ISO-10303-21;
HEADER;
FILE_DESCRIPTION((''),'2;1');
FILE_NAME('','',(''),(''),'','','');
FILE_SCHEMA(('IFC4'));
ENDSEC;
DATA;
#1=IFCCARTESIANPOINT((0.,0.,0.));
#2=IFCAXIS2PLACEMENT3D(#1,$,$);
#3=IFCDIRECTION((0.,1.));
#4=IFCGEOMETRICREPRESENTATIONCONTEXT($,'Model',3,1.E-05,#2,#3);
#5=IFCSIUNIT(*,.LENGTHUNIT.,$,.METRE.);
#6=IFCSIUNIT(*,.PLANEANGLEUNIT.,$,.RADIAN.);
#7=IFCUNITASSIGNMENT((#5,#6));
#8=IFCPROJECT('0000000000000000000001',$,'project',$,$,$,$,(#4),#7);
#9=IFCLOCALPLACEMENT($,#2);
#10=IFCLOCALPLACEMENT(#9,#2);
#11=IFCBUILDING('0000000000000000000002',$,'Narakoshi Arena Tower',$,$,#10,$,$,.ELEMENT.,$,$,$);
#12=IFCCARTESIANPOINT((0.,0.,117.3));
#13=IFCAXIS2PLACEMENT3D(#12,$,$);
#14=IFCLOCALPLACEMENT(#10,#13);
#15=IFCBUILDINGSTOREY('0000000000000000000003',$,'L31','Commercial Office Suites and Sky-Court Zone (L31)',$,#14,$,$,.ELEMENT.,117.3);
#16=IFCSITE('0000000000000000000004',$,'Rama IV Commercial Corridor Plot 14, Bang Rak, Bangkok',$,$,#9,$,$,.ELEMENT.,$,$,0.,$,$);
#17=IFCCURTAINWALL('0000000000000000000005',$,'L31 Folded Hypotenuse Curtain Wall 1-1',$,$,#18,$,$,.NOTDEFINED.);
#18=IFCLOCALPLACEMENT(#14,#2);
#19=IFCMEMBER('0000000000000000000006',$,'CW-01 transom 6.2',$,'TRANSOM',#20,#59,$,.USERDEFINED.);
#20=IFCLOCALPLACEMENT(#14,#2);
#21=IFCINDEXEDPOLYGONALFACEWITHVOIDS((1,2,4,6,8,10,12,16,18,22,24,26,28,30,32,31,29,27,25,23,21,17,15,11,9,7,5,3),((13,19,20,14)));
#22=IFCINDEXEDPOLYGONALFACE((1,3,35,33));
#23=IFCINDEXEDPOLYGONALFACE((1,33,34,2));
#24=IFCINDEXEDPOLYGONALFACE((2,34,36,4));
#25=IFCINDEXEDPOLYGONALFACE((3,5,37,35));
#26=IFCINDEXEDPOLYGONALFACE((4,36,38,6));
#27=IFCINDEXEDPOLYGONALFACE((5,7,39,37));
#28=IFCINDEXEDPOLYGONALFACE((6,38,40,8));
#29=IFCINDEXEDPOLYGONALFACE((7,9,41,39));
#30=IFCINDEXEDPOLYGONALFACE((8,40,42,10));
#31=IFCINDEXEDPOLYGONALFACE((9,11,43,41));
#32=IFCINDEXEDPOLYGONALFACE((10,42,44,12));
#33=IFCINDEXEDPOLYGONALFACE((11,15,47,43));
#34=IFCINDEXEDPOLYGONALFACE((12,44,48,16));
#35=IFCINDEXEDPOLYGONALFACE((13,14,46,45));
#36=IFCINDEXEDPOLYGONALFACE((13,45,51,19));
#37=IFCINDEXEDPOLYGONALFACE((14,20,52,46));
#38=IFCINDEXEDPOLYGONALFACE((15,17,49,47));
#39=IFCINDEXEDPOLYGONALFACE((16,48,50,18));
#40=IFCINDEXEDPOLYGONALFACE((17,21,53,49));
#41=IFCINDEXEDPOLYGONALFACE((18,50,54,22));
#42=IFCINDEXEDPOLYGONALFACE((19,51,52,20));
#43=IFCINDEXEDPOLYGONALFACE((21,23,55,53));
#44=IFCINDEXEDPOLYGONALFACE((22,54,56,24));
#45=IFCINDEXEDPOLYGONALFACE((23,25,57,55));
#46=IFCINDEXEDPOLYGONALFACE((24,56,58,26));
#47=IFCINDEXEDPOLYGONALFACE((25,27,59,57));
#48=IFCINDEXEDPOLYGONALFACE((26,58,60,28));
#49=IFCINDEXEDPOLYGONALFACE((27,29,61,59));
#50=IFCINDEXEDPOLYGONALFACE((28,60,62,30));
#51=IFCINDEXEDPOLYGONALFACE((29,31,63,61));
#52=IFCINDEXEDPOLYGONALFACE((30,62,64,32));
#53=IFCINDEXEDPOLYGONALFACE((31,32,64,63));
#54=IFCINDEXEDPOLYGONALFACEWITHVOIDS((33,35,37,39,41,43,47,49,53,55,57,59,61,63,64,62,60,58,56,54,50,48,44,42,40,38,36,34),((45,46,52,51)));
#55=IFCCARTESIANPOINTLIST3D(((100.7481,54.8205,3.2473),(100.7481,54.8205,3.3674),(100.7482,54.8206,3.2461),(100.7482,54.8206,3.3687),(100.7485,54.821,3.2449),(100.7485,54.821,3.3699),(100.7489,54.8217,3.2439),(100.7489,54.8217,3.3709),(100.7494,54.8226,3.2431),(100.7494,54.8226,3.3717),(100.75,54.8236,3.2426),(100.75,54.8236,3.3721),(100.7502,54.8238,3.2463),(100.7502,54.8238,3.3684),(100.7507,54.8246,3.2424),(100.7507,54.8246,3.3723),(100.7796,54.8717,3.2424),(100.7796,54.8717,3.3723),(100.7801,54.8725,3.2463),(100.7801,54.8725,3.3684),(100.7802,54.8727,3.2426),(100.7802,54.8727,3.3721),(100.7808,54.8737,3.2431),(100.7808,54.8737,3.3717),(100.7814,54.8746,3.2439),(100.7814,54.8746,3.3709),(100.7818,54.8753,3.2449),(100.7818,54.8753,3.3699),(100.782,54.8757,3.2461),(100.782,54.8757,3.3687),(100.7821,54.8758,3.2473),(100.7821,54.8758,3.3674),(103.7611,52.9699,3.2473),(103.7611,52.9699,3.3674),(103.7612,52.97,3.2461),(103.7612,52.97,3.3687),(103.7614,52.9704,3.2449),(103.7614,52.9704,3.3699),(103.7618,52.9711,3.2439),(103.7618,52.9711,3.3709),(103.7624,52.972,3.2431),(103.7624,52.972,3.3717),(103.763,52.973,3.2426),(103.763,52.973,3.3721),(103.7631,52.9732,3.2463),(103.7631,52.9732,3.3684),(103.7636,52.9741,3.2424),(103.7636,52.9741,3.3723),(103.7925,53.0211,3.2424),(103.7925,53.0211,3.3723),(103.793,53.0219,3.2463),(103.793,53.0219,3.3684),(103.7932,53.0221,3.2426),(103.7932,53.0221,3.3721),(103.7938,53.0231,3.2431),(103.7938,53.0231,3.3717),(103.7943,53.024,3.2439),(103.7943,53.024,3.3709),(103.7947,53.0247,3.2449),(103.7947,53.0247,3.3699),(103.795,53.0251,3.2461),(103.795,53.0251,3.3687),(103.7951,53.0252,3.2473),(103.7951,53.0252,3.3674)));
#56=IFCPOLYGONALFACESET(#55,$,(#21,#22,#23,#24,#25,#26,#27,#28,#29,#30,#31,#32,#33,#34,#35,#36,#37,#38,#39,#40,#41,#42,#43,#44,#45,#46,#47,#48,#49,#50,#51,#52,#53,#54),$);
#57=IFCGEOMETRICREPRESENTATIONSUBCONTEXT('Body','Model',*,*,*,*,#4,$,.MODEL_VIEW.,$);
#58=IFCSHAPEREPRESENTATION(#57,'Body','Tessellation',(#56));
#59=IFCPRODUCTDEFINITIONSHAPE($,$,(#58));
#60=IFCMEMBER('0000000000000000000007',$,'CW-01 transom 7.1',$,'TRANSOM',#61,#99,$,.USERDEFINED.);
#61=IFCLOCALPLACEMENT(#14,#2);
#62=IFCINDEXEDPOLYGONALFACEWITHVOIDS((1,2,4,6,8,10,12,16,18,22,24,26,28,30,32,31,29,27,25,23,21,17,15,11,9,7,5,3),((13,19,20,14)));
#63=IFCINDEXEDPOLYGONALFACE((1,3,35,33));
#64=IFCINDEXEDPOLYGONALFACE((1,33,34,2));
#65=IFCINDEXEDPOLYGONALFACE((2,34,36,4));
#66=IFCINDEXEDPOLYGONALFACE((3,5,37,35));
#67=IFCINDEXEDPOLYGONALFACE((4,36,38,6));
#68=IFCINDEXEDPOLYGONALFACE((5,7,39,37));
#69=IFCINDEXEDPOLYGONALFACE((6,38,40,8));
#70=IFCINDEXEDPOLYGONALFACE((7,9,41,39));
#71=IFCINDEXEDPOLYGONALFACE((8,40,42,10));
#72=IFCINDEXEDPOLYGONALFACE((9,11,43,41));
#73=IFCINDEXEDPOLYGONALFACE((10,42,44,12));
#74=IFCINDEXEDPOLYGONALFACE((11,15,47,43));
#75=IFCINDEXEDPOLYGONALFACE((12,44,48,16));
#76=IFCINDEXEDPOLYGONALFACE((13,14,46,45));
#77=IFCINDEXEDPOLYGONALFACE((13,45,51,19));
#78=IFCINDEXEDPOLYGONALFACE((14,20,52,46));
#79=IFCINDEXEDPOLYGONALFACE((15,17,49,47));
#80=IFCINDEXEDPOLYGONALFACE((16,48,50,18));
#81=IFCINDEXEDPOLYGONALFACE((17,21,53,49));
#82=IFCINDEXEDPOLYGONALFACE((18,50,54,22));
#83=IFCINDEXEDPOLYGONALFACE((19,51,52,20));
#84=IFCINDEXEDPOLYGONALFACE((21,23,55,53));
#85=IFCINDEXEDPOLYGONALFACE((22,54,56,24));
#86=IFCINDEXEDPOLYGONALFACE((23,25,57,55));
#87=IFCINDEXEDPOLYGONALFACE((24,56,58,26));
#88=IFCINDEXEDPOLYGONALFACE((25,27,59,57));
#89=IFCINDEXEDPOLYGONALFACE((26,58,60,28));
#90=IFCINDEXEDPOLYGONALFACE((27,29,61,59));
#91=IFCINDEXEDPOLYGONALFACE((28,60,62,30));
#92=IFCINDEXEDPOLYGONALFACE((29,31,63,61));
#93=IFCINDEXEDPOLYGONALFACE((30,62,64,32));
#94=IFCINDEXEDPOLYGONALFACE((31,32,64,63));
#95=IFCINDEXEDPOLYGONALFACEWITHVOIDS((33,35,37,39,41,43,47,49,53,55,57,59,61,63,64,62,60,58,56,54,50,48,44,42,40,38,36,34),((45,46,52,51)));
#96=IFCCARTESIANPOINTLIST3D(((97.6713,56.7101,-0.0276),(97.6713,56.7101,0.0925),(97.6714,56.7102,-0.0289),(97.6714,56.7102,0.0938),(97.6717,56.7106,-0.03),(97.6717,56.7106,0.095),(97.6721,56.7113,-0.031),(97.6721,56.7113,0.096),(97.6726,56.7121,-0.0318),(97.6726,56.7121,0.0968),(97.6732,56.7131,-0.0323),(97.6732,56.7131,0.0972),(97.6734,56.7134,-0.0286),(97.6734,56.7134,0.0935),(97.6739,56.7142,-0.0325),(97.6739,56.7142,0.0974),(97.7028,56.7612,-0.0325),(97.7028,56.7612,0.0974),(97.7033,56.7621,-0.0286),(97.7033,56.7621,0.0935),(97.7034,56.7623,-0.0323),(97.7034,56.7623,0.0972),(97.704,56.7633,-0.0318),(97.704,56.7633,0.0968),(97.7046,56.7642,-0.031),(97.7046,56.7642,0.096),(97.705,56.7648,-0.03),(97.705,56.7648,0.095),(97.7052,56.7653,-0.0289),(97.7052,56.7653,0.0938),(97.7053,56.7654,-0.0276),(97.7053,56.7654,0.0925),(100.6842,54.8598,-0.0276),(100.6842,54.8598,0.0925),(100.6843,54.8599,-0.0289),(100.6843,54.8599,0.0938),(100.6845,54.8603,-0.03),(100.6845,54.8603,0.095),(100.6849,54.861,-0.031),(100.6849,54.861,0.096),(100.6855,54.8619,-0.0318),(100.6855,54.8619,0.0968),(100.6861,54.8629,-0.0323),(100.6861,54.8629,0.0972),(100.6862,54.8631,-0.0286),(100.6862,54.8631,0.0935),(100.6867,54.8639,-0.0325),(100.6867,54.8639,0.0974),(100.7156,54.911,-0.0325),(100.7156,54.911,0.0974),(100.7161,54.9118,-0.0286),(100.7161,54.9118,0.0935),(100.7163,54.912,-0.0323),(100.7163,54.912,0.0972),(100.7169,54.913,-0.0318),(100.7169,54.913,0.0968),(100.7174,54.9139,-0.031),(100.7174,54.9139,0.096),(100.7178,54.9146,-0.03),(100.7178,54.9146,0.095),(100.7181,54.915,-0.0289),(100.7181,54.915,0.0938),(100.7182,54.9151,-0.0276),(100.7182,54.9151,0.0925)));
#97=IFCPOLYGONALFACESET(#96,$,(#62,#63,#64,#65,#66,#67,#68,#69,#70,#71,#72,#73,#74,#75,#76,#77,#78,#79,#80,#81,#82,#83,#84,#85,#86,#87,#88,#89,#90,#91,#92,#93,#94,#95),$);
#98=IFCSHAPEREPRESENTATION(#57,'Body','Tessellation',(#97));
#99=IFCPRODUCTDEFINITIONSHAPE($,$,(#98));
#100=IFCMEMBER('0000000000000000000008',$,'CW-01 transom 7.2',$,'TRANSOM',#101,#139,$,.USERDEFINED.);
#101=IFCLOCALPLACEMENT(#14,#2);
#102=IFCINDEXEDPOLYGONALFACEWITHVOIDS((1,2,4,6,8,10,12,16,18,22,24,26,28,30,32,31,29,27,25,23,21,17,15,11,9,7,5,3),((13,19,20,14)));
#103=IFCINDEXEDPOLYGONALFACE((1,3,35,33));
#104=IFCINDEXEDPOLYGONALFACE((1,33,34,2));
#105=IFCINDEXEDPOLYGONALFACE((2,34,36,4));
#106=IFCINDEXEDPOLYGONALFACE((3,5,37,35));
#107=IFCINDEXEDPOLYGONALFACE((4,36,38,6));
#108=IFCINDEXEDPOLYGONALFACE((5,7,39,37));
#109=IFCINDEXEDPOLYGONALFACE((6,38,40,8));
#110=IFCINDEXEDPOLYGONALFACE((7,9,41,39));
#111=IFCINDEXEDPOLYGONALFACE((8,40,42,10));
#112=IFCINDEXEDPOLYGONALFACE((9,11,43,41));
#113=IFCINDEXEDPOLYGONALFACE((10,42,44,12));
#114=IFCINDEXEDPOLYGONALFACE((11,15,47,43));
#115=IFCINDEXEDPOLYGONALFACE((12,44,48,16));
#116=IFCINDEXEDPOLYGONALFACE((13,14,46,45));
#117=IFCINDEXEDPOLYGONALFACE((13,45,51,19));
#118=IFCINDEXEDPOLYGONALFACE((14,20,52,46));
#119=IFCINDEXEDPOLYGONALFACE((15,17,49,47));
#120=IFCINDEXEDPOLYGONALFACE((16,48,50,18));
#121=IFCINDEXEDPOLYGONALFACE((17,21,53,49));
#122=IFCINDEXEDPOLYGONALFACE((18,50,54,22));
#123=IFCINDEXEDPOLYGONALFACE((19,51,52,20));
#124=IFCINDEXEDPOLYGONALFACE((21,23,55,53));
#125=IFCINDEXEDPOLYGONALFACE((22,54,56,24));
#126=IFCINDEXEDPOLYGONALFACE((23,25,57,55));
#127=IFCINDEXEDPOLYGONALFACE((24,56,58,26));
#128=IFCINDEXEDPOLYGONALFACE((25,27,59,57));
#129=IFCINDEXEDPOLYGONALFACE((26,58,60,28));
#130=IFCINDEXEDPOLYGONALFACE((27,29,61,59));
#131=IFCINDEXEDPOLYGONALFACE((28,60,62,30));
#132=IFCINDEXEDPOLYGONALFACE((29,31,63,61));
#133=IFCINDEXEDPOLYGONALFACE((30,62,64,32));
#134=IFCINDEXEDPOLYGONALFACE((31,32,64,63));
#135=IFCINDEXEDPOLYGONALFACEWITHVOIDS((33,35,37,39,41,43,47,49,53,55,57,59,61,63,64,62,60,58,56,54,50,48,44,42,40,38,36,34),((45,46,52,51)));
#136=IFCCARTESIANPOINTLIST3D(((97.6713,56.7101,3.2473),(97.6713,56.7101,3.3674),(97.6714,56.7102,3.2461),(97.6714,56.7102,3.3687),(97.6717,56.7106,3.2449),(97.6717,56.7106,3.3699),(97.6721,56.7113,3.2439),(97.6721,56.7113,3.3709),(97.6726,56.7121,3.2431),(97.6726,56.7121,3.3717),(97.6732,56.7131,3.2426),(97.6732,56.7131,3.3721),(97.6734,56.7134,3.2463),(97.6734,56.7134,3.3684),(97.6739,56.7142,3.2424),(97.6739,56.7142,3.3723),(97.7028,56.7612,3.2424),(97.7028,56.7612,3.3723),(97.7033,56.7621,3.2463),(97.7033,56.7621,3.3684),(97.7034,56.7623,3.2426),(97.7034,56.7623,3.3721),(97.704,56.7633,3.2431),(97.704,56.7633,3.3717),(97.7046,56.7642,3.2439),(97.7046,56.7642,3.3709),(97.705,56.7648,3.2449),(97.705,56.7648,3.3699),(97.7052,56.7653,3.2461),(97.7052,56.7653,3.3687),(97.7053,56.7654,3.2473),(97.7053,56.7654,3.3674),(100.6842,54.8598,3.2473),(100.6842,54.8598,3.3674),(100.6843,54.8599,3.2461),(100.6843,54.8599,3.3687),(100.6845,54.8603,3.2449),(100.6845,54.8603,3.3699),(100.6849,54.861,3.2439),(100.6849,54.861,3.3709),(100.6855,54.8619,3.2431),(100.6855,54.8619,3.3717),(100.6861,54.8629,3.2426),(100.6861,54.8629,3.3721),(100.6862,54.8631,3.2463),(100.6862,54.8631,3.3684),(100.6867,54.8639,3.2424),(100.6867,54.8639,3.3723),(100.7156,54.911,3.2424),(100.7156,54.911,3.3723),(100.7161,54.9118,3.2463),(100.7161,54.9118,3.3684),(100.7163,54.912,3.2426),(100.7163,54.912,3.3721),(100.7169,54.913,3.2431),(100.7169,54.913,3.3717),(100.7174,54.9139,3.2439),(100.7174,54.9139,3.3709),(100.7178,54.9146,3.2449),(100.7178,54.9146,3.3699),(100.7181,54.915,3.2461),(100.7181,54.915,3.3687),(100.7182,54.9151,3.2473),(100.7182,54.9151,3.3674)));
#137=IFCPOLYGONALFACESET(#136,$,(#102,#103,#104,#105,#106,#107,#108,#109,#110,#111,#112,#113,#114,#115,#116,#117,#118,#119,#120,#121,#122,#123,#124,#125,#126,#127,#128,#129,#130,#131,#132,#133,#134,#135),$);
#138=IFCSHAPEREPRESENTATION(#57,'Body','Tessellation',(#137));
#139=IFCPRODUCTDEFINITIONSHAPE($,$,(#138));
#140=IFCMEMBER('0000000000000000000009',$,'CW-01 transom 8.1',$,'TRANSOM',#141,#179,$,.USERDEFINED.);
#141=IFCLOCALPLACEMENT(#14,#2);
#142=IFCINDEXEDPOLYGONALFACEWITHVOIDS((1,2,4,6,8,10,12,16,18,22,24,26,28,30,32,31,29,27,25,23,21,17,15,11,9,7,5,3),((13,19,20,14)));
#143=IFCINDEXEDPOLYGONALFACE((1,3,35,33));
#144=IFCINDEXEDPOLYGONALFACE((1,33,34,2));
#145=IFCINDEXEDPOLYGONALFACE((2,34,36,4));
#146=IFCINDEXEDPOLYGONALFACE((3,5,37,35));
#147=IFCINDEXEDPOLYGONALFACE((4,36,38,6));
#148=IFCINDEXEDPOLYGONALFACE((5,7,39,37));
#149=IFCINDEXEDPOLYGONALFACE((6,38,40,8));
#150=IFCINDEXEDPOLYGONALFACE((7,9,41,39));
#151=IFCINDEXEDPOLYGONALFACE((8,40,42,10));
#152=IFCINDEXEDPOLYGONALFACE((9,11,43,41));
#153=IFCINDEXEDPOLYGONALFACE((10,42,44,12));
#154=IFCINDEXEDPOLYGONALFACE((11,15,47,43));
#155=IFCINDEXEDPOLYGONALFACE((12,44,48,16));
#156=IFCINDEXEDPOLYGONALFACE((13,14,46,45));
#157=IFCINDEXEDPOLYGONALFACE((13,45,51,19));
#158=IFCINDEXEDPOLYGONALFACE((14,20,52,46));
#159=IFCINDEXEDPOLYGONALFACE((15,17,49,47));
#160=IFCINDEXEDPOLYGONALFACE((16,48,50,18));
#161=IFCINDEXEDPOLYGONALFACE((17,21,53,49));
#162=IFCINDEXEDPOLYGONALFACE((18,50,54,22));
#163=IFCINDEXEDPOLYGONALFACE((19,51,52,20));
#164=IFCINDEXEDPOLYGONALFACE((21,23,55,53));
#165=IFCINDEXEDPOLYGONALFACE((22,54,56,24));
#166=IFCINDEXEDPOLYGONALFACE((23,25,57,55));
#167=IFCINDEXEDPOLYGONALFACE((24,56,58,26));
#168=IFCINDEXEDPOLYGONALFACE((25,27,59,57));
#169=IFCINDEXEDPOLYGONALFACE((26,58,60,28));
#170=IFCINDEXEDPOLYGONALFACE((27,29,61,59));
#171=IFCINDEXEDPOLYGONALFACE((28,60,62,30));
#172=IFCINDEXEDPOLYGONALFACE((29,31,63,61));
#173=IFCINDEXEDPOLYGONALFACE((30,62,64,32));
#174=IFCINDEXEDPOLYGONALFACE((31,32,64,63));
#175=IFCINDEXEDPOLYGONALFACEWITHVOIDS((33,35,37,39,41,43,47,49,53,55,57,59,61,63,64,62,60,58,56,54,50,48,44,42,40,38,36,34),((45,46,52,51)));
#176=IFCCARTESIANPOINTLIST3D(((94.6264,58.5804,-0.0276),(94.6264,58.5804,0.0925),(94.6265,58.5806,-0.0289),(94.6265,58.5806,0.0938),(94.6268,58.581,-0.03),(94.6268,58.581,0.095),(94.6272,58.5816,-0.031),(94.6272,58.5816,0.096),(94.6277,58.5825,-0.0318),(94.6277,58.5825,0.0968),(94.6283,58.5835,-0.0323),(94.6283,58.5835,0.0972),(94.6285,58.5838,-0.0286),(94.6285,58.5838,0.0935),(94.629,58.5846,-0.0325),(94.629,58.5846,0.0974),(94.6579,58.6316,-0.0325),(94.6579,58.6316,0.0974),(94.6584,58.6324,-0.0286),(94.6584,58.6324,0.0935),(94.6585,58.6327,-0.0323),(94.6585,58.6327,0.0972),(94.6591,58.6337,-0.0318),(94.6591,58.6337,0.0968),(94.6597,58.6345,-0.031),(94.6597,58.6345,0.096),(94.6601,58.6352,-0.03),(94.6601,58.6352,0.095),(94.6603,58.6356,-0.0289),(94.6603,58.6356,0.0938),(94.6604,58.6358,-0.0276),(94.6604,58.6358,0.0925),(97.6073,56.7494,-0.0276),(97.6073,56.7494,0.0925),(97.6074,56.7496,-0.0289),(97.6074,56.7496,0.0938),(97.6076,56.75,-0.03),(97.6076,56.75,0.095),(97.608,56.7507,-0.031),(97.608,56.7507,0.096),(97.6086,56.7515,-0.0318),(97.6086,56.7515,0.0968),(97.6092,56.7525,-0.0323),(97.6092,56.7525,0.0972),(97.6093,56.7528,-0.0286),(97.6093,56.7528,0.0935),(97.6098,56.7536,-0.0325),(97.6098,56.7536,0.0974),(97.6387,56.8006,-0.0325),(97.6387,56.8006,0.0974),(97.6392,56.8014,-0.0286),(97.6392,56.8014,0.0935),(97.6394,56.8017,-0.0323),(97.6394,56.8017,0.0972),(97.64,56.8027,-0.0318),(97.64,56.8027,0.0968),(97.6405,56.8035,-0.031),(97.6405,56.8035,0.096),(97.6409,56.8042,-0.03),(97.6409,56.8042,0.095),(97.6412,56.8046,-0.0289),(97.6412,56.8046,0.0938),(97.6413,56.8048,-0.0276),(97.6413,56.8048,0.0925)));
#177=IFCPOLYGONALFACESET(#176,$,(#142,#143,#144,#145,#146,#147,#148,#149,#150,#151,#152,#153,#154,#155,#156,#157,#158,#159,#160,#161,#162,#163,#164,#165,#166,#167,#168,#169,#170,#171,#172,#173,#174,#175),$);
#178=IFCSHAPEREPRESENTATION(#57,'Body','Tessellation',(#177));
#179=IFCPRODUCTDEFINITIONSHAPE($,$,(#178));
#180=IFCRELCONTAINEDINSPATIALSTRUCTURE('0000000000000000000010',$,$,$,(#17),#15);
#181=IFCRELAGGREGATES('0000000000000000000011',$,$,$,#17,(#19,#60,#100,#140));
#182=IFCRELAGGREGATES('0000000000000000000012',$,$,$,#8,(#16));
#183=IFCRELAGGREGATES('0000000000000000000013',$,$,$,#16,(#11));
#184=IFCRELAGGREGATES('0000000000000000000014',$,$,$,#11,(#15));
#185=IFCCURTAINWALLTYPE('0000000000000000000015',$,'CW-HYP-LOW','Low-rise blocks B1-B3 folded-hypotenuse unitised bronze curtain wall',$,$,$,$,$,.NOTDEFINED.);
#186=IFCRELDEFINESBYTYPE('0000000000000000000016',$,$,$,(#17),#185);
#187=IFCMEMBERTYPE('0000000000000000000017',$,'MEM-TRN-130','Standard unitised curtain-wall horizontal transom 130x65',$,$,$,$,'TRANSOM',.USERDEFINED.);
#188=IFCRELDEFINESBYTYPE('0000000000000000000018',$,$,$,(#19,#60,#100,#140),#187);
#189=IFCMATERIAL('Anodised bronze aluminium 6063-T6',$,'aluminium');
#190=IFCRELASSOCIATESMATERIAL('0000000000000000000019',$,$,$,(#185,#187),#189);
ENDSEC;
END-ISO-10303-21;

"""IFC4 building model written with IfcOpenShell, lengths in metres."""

from ifc_helpers import new_model, si_unit, direction, frame, origin, origin_2d, place, context, subcontext, project, spatial, hollow_rectangle, extrude, material, material_profile, profile_set, type_object, element, aggregate, save


model = new_model("IFC4")

# Units and contexts
model_context = context("Model", 3, precision=1e-05, world=origin(), true_north=direction((0.0, 1.0)))
body_context = subcontext(model_context, "Body", "Model", "MODEL_VIEW")
ifc_project = project(units=[si_unit("LENGTHUNIT", "METRE"), si_unit("PLANEANGLEUNIT", "RADIAN")], contexts=[model_context])

# Site, building, storey
site_placement = place(None, origin())
site = spatial("IfcSite", under=ifc_project, at=site_placement, Name="Rama IV Commercial Corridor Plot 14, Bang Rak, Bangkok", CompositionType="ELEMENT", RefElevation=0.0)
building_placement = place(site_placement, origin())
building = spatial("IfcBuilding", under=site, at=building_placement, Name="Narakoshi Arena Tower", CompositionType="ELEMENT")
storey_placement = place(building_placement, frame((0.0, 0.0, 117.3)))
storey = spatial("IfcBuildingStorey", under=building, at=storey_placement, Name="L31", Description="Commercial Office Suites and Sky-Court Zone (L31)", CompositionType="ELEMENT", Elevation=117.3)

# Curtain wall, members
ifc_material_1 = material(Name="Anodised bronze aluminium 6063-T6", Category="aluminium")
curtain_wall_type = type_object("IfcCurtainWallType", Name="CW-HYP-LOW", Description="Low-rise blocks B1-B3 folded-hypotenuse unitised bronze curtain wall", PredefinedType="NOTDEFINED", material=ifc_material_1)
curtain_wall_placement = place(storey_placement, origin())
curtain_wall = element("IfcCurtainWall", 1, at=curtain_wall_placement, inside=storey, type_object=curtain_wall_type, Name="L31 Folded Hypotenuse Curtain Wall 1-1", PredefinedType="NOTDEFINED")
ifc_material_profile_1 = material_profile(ifc_material_1, hollow_rectangle(XDim=0.0649, YDim=0.1299, WallThickness=0.0039, OuterFilletRadius=0.0049, at=origin_2d()), Name="TRN130x65x4")
ifc_profile_set_1 = profile_set([ifc_material_profile_1], Name="Anodised bronze aluminium 6063-T6")
member_type_1 = type_object("IfcMemberType", Name="MEM-TRN-130", Description="Standard unitised curtain-wall horizontal transom 130x65", ElementType="TRANSOM", PredefinedType="USERDEFINED", material=ifc_profile_set_1)
member_1_placement = place(storey_placement, frame((103.7781, 52.9976, 3.3074), z_axis=(-0.852104, 0.523373, 0.0), x_axis=(-0.523373, -0.852104, 0.0)))
member_1 = element("IfcMember", 2, at=member_1_placement, type_object=member_type_1, Name="CW-01 transom 6.2", ObjectType="TRANSOM", PredefinedType="USERDEFINED", context=body_context, shape_type="SweptSolid", body=[
    extrude(hollow_rectangle(XDim=0.0649, YDim=0.1299, WallThickness=0.0039, OuterFilletRadius=0.0049, at=origin_2d()), origin(), (0.0, 0.0, 1.0), 3.5359),
])
member_2_placement = place(storey_placement, frame((100.7012, 54.8875, 0.0325), z_axis=(-0.852134, 0.523323, 0.0), x_axis=(-0.523323, -0.852134, 0.0)))
member_2 = element("IfcMember", 3, at=member_2_placement, type_object=member_type_1, Name="CW-01 transom 7.1", ObjectType="TRANSOM", PredefinedType="USERDEFINED", context=body_context, shape_type="SweptSolid", body=[
    extrude(hollow_rectangle(XDim=0.0649, YDim=0.1299, WallThickness=0.0039, OuterFilletRadius=0.0049, at=origin_2d()), origin(), (0.0, 0.0, 1.0), 3.5356),
])
member_3_placement = place(storey_placement, frame((100.7012, 54.8875, 3.3074), z_axis=(-0.852134, 0.523323, 0.0), x_axis=(-0.523323, -0.852134, 0.0)))
member_3 = element("IfcMember", 4, at=member_3_placement, type_object=member_type_1, Name="CW-01 transom 7.2", ObjectType="TRANSOM", PredefinedType="USERDEFINED", context=body_context, shape_type="SweptSolid", body=[
    extrude(hollow_rectangle(XDim=0.0649, YDim=0.1299, WallThickness=0.0039, OuterFilletRadius=0.0049, at=origin_2d()), origin(), (0.0, 0.0, 1.0), 3.5356),
])
member_4_placement = place(storey_placement, frame((97.6243, 56.7771, 0.0325), z_axis=(-0.852089, 0.523396, 0.0), x_axis=(-0.523396, -0.852089, 0.0)))
member_4 = element("IfcMember", 5, at=member_4_placement, type_object=member_type_1, Name="CW-01 transom 8.1", ObjectType="TRANSOM", PredefinedType="USERDEFINED", context=body_context, shape_type="SweptSolid", body=[
    extrude(hollow_rectangle(XDim=0.0649, YDim=0.1299, WallThickness=0.0039, OuterFilletRadius=0.0049, at=origin_2d()), origin(), (0.0, 0.0, 1.0), 3.4983),
])
aggregate(curtain_wall, [member_1, member_2, member_3, member_4])

save(model, "model.ifc")
